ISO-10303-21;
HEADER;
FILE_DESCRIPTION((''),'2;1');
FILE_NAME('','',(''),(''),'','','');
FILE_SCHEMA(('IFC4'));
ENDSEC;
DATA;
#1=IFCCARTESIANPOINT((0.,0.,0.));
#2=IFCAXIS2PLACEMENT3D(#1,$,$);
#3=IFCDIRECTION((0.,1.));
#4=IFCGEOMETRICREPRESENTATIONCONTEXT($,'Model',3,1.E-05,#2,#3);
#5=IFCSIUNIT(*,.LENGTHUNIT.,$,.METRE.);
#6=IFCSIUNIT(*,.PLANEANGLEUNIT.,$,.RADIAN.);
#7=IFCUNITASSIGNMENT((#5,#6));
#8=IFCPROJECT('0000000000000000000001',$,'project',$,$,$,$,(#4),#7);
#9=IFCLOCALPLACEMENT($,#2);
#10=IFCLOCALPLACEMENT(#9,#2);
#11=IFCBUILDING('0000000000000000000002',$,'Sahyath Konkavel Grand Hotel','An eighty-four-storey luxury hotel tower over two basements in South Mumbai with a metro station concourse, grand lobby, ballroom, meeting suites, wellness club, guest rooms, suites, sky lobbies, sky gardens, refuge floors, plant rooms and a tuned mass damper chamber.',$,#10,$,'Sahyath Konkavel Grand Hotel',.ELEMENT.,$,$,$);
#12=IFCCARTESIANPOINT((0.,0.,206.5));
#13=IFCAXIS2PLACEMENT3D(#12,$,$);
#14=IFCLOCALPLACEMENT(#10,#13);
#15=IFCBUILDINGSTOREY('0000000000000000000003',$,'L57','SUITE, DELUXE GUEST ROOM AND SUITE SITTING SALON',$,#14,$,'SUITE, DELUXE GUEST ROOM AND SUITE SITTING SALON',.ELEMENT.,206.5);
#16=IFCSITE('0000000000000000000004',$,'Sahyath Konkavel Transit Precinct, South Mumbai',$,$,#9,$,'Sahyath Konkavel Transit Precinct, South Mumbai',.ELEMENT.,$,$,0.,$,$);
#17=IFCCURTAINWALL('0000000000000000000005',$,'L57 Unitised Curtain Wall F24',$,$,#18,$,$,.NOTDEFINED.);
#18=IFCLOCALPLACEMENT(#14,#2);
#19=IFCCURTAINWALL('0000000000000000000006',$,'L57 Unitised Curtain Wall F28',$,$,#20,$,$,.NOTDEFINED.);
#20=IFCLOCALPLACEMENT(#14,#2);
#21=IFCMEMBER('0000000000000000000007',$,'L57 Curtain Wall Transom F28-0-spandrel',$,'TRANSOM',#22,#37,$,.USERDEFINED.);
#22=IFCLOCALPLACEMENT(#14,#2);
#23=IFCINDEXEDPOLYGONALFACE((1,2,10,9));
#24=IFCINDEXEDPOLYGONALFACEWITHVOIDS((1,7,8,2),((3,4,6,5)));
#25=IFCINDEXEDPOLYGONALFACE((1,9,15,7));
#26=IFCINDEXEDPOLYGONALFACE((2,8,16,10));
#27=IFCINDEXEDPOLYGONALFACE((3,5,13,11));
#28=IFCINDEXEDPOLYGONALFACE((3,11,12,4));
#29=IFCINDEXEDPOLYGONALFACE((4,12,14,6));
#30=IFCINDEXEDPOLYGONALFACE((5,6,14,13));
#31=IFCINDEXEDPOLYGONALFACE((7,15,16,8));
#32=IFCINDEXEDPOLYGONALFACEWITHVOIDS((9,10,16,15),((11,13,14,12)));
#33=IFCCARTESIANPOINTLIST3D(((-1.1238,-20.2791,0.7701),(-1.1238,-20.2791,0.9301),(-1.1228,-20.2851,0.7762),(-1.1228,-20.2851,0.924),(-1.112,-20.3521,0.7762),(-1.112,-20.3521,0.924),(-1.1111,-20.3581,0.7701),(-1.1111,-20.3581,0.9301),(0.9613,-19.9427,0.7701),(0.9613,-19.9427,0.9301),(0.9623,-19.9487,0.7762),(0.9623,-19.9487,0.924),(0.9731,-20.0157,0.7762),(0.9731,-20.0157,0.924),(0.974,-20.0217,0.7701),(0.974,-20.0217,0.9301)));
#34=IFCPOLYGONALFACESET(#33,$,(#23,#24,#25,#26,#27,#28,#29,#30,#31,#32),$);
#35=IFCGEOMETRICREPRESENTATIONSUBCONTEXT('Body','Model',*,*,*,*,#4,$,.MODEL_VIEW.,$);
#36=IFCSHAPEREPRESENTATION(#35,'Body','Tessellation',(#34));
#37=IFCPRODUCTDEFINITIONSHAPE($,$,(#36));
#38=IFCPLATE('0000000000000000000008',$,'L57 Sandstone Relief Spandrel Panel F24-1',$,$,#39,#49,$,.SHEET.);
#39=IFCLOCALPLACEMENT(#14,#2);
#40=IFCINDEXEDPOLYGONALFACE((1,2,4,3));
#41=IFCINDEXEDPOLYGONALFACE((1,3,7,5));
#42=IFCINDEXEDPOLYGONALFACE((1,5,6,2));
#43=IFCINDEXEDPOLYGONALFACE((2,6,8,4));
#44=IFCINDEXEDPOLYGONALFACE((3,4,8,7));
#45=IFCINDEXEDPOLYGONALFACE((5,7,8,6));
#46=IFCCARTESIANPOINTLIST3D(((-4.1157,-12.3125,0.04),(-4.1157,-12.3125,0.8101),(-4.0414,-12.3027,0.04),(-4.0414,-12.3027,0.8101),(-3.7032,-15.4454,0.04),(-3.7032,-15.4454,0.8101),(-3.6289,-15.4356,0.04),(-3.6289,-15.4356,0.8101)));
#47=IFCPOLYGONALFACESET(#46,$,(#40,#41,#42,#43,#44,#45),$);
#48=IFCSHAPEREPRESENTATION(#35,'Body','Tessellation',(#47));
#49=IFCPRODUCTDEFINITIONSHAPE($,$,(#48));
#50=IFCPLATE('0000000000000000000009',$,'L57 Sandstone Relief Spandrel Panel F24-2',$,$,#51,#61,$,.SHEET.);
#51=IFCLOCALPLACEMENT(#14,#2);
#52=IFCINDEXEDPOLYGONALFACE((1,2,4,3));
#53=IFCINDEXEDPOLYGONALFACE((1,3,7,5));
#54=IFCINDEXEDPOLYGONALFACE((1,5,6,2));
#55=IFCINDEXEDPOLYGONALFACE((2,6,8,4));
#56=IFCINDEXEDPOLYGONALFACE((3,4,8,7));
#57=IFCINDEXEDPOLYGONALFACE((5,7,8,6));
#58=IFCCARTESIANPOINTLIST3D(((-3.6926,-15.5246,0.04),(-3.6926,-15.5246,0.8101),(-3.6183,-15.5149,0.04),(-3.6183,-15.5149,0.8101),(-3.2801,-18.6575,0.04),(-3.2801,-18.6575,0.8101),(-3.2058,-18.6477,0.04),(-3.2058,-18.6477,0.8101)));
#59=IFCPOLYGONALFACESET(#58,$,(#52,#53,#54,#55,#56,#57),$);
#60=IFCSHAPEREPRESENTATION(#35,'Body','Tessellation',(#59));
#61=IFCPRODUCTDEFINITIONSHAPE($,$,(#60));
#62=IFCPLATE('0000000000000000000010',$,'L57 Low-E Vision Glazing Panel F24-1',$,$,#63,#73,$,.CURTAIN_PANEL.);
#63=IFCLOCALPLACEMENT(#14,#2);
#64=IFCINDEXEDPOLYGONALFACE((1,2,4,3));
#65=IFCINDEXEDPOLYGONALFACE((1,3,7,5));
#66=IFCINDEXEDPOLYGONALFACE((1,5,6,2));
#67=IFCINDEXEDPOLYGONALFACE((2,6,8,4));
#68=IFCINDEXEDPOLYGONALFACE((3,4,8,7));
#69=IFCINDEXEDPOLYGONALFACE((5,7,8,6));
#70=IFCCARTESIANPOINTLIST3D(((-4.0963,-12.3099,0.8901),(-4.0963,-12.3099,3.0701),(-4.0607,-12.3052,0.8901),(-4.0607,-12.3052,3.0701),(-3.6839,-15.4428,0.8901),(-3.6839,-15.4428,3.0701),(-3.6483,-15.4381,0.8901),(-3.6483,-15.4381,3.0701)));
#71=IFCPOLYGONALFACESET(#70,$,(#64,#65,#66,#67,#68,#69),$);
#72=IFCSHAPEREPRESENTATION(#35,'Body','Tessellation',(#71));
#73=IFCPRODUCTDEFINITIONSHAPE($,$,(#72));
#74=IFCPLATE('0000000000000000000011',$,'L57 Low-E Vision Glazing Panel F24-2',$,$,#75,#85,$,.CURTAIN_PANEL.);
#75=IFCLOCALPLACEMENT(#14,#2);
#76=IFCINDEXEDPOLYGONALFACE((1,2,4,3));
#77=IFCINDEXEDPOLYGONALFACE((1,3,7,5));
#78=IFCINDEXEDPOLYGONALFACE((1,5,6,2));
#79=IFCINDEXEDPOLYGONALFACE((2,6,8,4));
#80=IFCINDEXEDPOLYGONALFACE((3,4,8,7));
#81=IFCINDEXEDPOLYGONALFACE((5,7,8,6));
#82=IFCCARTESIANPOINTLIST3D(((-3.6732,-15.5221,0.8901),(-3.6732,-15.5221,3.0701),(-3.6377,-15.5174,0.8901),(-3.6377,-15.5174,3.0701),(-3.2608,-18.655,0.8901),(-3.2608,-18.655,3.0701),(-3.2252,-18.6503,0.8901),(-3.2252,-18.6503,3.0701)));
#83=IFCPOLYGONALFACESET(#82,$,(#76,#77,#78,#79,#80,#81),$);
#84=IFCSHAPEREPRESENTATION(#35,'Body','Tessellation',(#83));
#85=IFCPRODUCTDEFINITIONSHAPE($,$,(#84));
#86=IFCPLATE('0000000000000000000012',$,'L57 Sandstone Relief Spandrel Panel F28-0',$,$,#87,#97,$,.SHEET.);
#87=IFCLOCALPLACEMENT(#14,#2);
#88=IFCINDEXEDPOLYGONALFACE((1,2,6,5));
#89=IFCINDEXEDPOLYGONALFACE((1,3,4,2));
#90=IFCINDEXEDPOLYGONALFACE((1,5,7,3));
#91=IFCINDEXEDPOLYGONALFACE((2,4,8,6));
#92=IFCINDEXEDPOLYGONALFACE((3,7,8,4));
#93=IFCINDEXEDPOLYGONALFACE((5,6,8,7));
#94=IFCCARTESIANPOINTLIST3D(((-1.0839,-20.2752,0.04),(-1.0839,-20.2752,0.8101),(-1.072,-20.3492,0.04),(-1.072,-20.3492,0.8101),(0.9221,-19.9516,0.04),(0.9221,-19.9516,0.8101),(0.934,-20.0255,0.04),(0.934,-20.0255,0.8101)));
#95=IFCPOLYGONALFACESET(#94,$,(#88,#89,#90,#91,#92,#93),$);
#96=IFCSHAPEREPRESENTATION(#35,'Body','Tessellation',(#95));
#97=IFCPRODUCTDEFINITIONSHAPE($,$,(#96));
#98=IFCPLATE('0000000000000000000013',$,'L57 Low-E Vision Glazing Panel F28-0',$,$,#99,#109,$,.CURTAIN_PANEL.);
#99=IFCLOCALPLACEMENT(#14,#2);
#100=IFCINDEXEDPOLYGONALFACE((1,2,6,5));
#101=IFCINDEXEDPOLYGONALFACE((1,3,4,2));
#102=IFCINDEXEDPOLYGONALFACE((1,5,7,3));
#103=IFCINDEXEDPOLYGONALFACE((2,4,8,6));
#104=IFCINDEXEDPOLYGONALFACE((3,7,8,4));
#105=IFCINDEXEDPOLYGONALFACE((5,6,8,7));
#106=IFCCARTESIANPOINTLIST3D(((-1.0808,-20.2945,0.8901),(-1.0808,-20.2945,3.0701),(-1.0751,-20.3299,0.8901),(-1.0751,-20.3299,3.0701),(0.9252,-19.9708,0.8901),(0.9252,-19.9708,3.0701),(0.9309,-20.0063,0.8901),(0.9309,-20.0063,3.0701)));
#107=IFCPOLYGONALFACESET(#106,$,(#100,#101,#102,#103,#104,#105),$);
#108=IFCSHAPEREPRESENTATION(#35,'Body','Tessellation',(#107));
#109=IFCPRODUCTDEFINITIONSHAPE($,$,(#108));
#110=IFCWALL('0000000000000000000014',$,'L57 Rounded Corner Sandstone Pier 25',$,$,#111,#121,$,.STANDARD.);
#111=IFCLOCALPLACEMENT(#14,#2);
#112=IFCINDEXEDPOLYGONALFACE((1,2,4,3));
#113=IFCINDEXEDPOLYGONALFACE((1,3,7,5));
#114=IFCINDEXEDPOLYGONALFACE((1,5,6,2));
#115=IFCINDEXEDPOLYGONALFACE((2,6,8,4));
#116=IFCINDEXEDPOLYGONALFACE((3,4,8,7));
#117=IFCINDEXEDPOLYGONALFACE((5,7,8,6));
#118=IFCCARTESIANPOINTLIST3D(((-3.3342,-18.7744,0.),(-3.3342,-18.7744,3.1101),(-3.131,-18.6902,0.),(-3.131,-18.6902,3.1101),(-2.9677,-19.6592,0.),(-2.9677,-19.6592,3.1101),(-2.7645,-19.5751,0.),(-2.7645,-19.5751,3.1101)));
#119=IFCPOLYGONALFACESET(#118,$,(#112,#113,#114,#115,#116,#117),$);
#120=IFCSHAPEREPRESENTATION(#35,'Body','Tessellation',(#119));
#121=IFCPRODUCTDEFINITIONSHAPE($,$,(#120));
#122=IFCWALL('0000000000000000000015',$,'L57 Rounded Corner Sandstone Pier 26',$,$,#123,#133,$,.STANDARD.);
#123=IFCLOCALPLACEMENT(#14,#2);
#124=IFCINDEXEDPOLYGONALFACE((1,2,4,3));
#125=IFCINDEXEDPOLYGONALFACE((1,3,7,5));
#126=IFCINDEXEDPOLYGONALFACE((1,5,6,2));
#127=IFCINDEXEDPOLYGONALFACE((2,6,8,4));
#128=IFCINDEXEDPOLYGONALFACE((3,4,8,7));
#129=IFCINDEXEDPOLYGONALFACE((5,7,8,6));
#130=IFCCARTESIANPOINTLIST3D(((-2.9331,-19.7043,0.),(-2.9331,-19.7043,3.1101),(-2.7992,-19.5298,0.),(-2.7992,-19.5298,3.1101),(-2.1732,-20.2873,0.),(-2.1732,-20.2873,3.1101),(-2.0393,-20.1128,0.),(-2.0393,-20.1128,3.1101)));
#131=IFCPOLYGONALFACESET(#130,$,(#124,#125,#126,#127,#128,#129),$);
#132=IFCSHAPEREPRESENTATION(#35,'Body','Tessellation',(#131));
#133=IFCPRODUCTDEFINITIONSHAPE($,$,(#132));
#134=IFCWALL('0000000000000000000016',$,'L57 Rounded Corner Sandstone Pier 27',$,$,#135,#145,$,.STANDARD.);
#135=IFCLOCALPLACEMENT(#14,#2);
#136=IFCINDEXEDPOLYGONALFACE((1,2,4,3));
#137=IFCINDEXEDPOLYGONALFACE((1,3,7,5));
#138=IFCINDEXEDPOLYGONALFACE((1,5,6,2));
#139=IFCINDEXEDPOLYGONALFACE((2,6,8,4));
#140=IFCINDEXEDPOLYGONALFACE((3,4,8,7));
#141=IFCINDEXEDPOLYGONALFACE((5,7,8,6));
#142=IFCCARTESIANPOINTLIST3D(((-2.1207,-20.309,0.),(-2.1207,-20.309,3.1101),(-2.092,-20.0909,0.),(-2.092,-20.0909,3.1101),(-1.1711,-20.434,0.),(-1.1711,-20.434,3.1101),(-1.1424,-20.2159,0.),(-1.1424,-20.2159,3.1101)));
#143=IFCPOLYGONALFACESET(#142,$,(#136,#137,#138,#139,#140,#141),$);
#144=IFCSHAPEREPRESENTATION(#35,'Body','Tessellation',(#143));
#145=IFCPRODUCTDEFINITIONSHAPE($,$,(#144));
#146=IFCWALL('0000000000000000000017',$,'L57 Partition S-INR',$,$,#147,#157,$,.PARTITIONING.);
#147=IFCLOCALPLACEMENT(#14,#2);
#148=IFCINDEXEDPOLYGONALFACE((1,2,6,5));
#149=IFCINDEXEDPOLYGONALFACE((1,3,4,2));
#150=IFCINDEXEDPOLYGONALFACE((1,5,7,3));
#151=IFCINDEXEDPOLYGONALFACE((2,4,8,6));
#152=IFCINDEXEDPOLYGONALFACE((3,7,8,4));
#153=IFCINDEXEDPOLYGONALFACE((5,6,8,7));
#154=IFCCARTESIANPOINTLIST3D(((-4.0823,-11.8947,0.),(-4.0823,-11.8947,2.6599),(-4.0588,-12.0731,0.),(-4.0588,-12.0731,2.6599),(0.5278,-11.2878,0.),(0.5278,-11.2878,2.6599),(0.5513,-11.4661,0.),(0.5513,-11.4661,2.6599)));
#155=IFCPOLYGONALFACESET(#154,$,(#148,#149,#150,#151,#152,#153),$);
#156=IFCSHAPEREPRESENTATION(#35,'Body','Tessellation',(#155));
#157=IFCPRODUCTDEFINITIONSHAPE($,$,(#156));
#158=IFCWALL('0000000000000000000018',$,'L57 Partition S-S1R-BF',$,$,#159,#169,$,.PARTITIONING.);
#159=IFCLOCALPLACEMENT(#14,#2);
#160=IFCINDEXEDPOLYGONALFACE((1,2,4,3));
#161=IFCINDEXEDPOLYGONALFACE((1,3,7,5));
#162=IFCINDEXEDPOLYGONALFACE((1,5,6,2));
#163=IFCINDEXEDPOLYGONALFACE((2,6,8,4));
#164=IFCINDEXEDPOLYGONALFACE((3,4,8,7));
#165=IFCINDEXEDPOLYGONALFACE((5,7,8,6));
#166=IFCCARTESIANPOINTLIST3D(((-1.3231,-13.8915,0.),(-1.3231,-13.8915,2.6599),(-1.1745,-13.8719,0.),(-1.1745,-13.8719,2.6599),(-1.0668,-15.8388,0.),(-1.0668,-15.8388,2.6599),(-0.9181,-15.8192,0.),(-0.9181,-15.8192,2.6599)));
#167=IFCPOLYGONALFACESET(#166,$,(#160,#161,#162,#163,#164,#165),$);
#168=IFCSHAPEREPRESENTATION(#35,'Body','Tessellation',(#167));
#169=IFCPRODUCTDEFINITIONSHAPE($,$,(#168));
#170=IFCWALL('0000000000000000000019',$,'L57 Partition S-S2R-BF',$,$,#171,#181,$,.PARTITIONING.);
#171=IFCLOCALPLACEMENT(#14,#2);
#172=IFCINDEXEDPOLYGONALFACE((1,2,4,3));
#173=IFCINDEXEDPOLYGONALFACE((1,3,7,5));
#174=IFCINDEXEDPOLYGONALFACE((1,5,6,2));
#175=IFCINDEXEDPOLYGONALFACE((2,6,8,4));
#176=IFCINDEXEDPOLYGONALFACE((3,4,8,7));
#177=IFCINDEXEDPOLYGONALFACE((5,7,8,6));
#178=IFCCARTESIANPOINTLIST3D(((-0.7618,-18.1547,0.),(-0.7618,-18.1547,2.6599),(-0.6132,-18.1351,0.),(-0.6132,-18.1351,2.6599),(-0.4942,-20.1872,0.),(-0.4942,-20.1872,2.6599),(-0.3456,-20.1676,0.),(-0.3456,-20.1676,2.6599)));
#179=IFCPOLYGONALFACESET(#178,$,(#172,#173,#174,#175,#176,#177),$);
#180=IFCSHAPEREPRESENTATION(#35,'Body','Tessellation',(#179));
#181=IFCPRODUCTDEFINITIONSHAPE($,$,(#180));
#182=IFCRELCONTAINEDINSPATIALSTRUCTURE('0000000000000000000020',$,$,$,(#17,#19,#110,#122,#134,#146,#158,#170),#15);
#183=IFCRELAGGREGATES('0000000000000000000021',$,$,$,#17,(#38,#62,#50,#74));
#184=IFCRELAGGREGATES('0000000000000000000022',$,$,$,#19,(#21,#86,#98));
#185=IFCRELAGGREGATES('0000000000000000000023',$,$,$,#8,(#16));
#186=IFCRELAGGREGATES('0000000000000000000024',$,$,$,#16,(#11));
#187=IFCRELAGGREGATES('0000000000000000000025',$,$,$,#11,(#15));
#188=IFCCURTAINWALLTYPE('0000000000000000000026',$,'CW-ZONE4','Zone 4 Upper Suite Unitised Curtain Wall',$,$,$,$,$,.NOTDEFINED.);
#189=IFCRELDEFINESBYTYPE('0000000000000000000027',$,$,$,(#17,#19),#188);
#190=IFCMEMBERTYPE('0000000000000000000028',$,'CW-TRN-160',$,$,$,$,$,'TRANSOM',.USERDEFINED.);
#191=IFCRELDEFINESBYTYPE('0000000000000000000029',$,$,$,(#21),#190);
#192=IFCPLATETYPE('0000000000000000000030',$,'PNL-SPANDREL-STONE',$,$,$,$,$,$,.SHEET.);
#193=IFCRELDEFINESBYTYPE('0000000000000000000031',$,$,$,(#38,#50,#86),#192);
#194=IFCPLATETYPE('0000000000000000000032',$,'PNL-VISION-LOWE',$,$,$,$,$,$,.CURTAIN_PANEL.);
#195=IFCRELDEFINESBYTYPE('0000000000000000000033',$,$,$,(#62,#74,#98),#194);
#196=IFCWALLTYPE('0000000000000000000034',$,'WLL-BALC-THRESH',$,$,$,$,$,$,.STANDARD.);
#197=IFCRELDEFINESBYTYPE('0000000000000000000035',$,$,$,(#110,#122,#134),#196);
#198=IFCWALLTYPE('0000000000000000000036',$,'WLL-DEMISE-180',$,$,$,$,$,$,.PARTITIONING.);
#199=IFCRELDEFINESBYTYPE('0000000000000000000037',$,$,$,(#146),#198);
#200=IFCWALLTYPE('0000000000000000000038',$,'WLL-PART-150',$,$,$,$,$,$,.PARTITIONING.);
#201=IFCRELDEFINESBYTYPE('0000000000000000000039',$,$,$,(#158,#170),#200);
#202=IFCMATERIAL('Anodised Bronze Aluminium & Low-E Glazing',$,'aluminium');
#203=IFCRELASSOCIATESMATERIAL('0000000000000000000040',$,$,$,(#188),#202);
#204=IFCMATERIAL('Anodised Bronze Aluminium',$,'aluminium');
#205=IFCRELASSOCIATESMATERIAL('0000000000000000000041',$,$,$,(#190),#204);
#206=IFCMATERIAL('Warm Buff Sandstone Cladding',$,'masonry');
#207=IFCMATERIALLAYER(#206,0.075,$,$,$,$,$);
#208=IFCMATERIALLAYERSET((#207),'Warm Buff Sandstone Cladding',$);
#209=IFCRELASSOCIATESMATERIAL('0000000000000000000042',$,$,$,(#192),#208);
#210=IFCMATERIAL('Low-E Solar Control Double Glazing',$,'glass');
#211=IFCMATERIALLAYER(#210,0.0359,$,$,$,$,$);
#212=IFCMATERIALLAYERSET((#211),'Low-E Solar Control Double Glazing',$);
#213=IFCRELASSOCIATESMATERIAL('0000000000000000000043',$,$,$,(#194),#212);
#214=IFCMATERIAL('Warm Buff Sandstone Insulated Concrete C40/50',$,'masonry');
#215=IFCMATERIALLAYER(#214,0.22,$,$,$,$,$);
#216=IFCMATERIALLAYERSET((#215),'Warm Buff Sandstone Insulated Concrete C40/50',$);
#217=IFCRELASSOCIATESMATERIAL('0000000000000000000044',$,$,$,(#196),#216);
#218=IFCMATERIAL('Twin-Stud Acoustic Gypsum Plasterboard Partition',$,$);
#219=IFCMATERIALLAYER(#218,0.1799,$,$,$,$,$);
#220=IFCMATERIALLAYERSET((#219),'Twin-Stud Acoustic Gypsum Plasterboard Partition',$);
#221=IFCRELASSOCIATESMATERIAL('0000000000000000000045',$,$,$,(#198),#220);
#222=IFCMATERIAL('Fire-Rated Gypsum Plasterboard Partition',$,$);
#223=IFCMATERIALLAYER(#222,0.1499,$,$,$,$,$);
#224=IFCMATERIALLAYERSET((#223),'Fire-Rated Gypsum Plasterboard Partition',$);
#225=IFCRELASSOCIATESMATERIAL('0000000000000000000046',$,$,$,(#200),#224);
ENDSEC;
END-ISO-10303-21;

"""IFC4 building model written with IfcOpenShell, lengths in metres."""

from ifc_helpers import new_model, si_unit, direction, frame, frame_2d, origin, origin_2d, place, context, subcontext, project, spatial, rectangle, hollow_rectangle, extrude, source, transform, mapped, material, layer, layer_set, material_profile, profile_set, type_object, element, aggregate, save


model = new_model("IFC4")

# Units and contexts
model_context = context("Model", 3, precision=1e-05, world=origin(), true_north=direction((0.0, 1.0)))
body_context = subcontext(model_context, "Body", "Model", "MODEL_VIEW")
ifc_project = project(units=[si_unit("LENGTHUNIT", "METRE"), si_unit("PLANEANGLEUNIT", "RADIAN")], contexts=[model_context])

# Site, building, storey
site_placement = place(None, origin())
site = spatial("IfcSite", under=ifc_project, at=site_placement, Name="Sahyath Konkavel Transit Precinct, South Mumbai", LongName="Sahyath Konkavel Transit Precinct, South Mumbai", CompositionType="ELEMENT", RefElevation=0.0)
building_placement = place(site_placement, origin())
building = spatial("IfcBuilding", under=site, at=building_placement, Name="Sahyath Konkavel Grand Hotel", Description="An eighty-four-storey luxury hotel tower over two basements in South Mumbai with a metro station concourse, grand lobby, ballroom, meeting suites, wellness club, guest rooms, suites, sky lobbies, sky gardens, refuge floors, plant rooms and a tuned mass damper chamber.", LongName="Sahyath Konkavel Grand Hotel", CompositionType="ELEMENT")
storey_placement = place(building_placement, frame((0.0, 0.0, 206.5)))
storey = spatial("IfcBuildingStorey", under=building, at=storey_placement, Name="L57", Description="SUITE, DELUXE GUEST ROOM AND SUITE SITTING SALON", LongName="SUITE, DELUXE GUEST ROOM AND SUITE SITTING SALON", CompositionType="ELEMENT", Elevation=206.5)

# Curtain wall
ifc_material_1 = material(Name="Anodised Bronze Aluminium & Low-E Glazing", Category="aluminium")
curtain_wall_type = type_object("IfcCurtainWallType", Name="CW-ZONE4", Description="Zone 4 Upper Suite Unitised Curtain Wall", PredefinedType="NOTDEFINED", material=ifc_material_1)
curtain_wall_1_placement = place(storey_placement, origin())
curtain_wall_1 = element("IfcCurtainWall", 1, at=curtain_wall_1_placement, inside=storey, type_object=curtain_wall_type, Name="L57 Unitised Curtain Wall F24", PredefinedType="NOTDEFINED")
ifc_material_2 = material(Name="Anodised Bronze Aluminium", Category="aluminium")

# Curtain wall
curtain_wall_2_placement = place(storey_placement, origin())
curtain_wall_2 = element("IfcCurtainWall", 2, at=curtain_wall_2_placement, inside=storey, type_object=curtain_wall_type, Name="L57 Unitised Curtain Wall F28", PredefinedType="NOTDEFINED")

# Member
ifc_material_profile_1 = material_profile(ifc_material_2, hollow_rectangle(XDim=0.0801, YDim=0.1599, WallThickness=0.0061, at=origin_2d()), Name="RHS 160x80x6")
ifc_profile_set_1 = profile_set([ifc_material_profile_1], Name="Anodised Bronze Aluminium")
member_type_1 = type_object("IfcMemberType", Name="CW-TRN-160", ElementType="TRANSOM", PredefinedType="USERDEFINED", material=ifc_profile_set_1)
shared_shape_1 = source(origin(), body_context, "Body", "SweptSolid", [
    extrude(hollow_rectangle(XDim=0.0801, YDim=0.1599, WallThickness=0.0061, at=origin_2d()), origin(), (0.0, 0.0, 1.0), 2.1121),
])
member_1_placement = place(storey_placement, frame((-1.1174, -20.3186, 0.8501), z_axis=(0.987233, 0.15928, 0.0), x_axis=(-0.15928, 0.987233, 0.0)))
member_1 = element("IfcMember", 3, at=member_1_placement, type_object=member_type_1, Name="L57 Curtain Wall Transom F28-0-spandrel", ObjectType="TRANSOM", PredefinedType="USERDEFINED", context=body_context, shape_type="MappedRepresentation", body=[
    mapped(shared_shape_1, transform((0.0, 0.0, 0.0), scale=1.0)),
])

# Plates
ifc_material_3 = material(Name="Warm Buff Sandstone Cladding", Category="masonry")
ifc_layer_1 = layer(ifc_material_3, 0.075)
ifc_layer_set_1 = layer_set([ifc_layer_1], Name="Warm Buff Sandstone Cladding")
plate_type_1 = type_object("IfcPlateType", Name="PNL-SPANDREL-STONE", PredefinedType="SHEET", material=ifc_layer_set_1)
shared_shape_2 = source(origin(), body_context, "Body", "SweptSolid", [
    extrude(rectangle(XDim=3.1599, YDim=0.075, at=origin_2d()), origin(), (0.0, 0.0, 1.0), 0.77),
])
plate_1_placement = place(storey_placement, frame((-3.8723, -13.874, 0.04), z_axis=(0.0, 0.0, 1.0), x_axis=(0.130526, -0.991445, 0.0)))
plate_1 = element("IfcPlate", 4, at=plate_1_placement, type_object=plate_type_1, Name="L57 Sandstone Relief Spandrel Panel F24-1", PredefinedType="SHEET", context=body_context, shape_type="MappedRepresentation", body=[
    mapped(shared_shape_2, transform((0.0, 0.0, 0.0), scale=1.0)),
])
plate_2_placement = place(storey_placement, frame((-3.4492, -17.0862, 0.04), z_axis=(0.0, 0.0, 1.0), x_axis=(0.130526, -0.991445, 0.0)))
plate_2 = element("IfcPlate", 5, at=plate_2_placement, type_object=plate_type_1, Name="L57 Sandstone Relief Spandrel Panel F24-2", PredefinedType="SHEET", context=body_context, shape_type="MappedRepresentation", body=[
    mapped(shared_shape_2, transform((0.0, 0.0, 0.0), scale=1.0)),
])
ifc_material_4 = material(Name="Low-E Solar Control Double Glazing", Category="glass")
ifc_layer_2 = layer(ifc_material_4, 0.0359)
ifc_layer_set_2 = layer_set([ifc_layer_2], Name="Low-E Solar Control Double Glazing")
plate_type_2 = type_object("IfcPlateType", Name="PNL-VISION-LOWE", PredefinedType="CURTAIN_PANEL", material=ifc_layer_set_2)
shared_shape_3 = source(origin(), body_context, "Body", "SweptSolid", [
    extrude(rectangle(XDim=3.1599, YDim=0.0359, at=origin_2d()), origin(), (0.0, 0.0, 1.0), 2.1799),
])
plate_3_placement = place(storey_placement, frame((-3.8723, -13.874, 0.8901), z_axis=(0.0, 0.0, 1.0), x_axis=(0.130526, -0.991445, 0.0)))
plate_3 = element("IfcPlate", 6, at=plate_3_placement, type_object=plate_type_2, Name="L57 Low-E Vision Glazing Panel F24-1", PredefinedType="CURTAIN_PANEL", context=body_context, shape_type="MappedRepresentation", body=[
    mapped(shared_shape_3, transform((0.0, 0.0, 0.0), scale=1.0)),
])
plate_4_placement = place(storey_placement, frame((-3.4492, -17.0862, 0.8901), z_axis=(0.0, 0.0, 1.0), x_axis=(0.130526, -0.991445, 0.0)))
plate_4 = element("IfcPlate", 7, at=plate_4_placement, type_object=plate_type_2, Name="L57 Low-E Vision Glazing Panel F24-2", PredefinedType="CURTAIN_PANEL", context=body_context, shape_type="MappedRepresentation", body=[
    mapped(shared_shape_3, transform((0.0, 0.0, 0.0), scale=1.0)),
])
aggregate(curtain_wall_1, [plate_1, plate_3, plate_2, plate_4])
shared_shape_4 = source(origin(), body_context, "Body", "SweptSolid", [
    extrude(rectangle(XDim=2.032, YDim=0.075, at=origin_2d()), origin(), (0.0, 0.0, 1.0), 0.77),
])
plate_5_placement = place(storey_placement, frame((-0.075, -20.1504, 0.04), z_axis=(0.0, 0.0, 1.0), x_axis=(0.987231, 0.159295, 0.0)))
plate_5 = element("IfcPlate", 8, at=plate_5_placement, type_object=plate_type_1, Name="L57 Sandstone Relief Spandrel Panel F28-0", PredefinedType="SHEET", context=body_context, shape_type="MappedRepresentation", body=[
    mapped(shared_shape_4, transform((0.0, 0.0, 0.0), scale=1.0)),
])
shared_shape_5 = source(origin(), body_context, "Body", "SweptSolid", [
    extrude(rectangle(XDim=2.032, YDim=0.0359, at=origin_2d()), origin(), (0.0, 0.0, 1.0), 2.1799),
])
plate_6_placement = place(storey_placement, frame((-0.075, -20.1504, 0.8901), z_axis=(0.0, 0.0, 1.0), x_axis=(0.987231, 0.159295, 0.0)))
plate_6 = element("IfcPlate", 9, at=plate_6_placement, type_object=plate_type_2, Name="L57 Low-E Vision Glazing Panel F28-0", PredefinedType="CURTAIN_PANEL", context=body_context, shape_type="MappedRepresentation", body=[
    mapped(shared_shape_5, transform((0.0, 0.0, 0.0), scale=1.0)),
])
aggregate(curtain_wall_2, [member_1, plate_5, plate_6])

# Walls
ifc_material_5 = material(Name="Warm Buff Sandstone Insulated Concrete C40/50", Category="masonry")
ifc_layer_3 = layer(ifc_material_5, 0.22)
ifc_layer_set_3 = layer_set([ifc_layer_3], Name="Warm Buff Sandstone Insulated Concrete C40/50")
wall_type_1 = type_object("IfcWallType", Name="WLL-BALC-THRESH", PredefinedType="STANDARD", material=ifc_layer_set_3)
for number, where, z_axis, x_axis, name in (
    (10, (-3.2327, -18.7322, 0.0), (0.0, 0.0, 1.0), (0.38266, -0.923889, 0.0), "L57 Rounded Corner Sandstone Pier 25"),
    (11, (-2.8662, -19.6169, 0.0), (0.0, 0.0, 1.0), (0.793344, -0.608774, 0.0), "L57 Rounded Corner Sandstone Pier 26"),
    (12, (-2.1064, -20.2, 0.0), (0.0, 0.0, 1.0), (0.991445, -0.130527, 0.0), "L57 Rounded Corner Sandstone Pier 27"),
):
    element("IfcWall", number, at=place(storey_placement, frame(where, z_axis=z_axis, x_axis=x_axis)), inside=storey, type_object=wall_type_1, Name=name, PredefinedType="STANDARD", context=body_context, shape_type="SweptSolid", body=[
        extrude(rectangle(XDim=0.9578, YDim=0.22, at=frame_2d((0.479, 0.0))), origin(), (0.0, 0.0, 1.0), 3.1101),
    ])
ifc_material_6 = material(Name="Twin-Stud Acoustic Gypsum Plasterboard Partition")
ifc_layer_4 = layer(ifc_material_6, 0.1799)
ifc_layer_set_4 = layer_set([ifc_layer_4], Name="Twin-Stud Acoustic Gypsum Plasterboard Partition")
wall_type_2 = type_object("IfcWallType", Name="WLL-DEMISE-180", PredefinedType="PARTITIONING", material=ifc_layer_set_4)
wall_1_placement = place(storey_placement, frame((-4.0706, -11.9839, 0.0), z_axis=(0.0, 0.0, 1.0), x_axis=(0.991445, 0.130526, 0.0)))
element("IfcWall", 13, at=wall_1_placement, inside=storey, type_object=wall_type_2, Name="L57 Partition S-INR", PredefinedType="PARTITIONING", context=body_context, shape_type="SweptSolid", body=[
    extrude(rectangle(XDim=4.6499, YDim=0.1799, at=frame_2d((2.325, 0.0))), origin(), (0.0, 0.0, 1.0), 2.6599),
])
ifc_material_7 = material(Name="Fire-Rated Gypsum Plasterboard Partition")
ifc_layer_5 = layer(ifc_material_7, 0.1499)
ifc_layer_set_5 = layer_set([ifc_layer_5], Name="Fire-Rated Gypsum Plasterboard Partition")
wall_type_3 = type_object("IfcWallType", Name="WLL-PART-150", PredefinedType="PARTITIONING", material=ifc_layer_set_5)
wall_2_placement = place(storey_placement, frame((-1.2488, -13.8818, 0.0), z_axis=(0.0, 0.0, 1.0), x_axis=(0.130519, -0.991446, 0.0)))
element("IfcWall", 14, at=wall_2_placement, inside=storey, type_object=wall_type_3, Name="L57 Partition S-S1R-BF", PredefinedType="PARTITIONING", context=body_context, shape_type="SweptSolid", body=[
    extrude(rectangle(XDim=1.9641, YDim=0.1499, at=frame_2d((0.9819, 0.0))), origin(), (0.0, 0.0, 1.0), 2.6599),
])
wall_3_placement = place(storey_placement, frame((-0.6875, -18.145, 0.0), z_axis=(0.0, 0.0, 1.0), x_axis=(0.130525, -0.991445, 0.0)))
element("IfcWall", 15, at=wall_3_placement, inside=storey, type_object=wall_type_3, Name="L57 Partition S-S2R-BF", PredefinedType="PARTITIONING", context=body_context, shape_type="SweptSolid", body=[
    extrude(rectangle(XDim=2.05, YDim=0.1499, at=frame_2d((1.0249, 0.0))), origin(), (0.0, 0.0, 1.0), 2.6599),
])

save(model, "model.ifc")
